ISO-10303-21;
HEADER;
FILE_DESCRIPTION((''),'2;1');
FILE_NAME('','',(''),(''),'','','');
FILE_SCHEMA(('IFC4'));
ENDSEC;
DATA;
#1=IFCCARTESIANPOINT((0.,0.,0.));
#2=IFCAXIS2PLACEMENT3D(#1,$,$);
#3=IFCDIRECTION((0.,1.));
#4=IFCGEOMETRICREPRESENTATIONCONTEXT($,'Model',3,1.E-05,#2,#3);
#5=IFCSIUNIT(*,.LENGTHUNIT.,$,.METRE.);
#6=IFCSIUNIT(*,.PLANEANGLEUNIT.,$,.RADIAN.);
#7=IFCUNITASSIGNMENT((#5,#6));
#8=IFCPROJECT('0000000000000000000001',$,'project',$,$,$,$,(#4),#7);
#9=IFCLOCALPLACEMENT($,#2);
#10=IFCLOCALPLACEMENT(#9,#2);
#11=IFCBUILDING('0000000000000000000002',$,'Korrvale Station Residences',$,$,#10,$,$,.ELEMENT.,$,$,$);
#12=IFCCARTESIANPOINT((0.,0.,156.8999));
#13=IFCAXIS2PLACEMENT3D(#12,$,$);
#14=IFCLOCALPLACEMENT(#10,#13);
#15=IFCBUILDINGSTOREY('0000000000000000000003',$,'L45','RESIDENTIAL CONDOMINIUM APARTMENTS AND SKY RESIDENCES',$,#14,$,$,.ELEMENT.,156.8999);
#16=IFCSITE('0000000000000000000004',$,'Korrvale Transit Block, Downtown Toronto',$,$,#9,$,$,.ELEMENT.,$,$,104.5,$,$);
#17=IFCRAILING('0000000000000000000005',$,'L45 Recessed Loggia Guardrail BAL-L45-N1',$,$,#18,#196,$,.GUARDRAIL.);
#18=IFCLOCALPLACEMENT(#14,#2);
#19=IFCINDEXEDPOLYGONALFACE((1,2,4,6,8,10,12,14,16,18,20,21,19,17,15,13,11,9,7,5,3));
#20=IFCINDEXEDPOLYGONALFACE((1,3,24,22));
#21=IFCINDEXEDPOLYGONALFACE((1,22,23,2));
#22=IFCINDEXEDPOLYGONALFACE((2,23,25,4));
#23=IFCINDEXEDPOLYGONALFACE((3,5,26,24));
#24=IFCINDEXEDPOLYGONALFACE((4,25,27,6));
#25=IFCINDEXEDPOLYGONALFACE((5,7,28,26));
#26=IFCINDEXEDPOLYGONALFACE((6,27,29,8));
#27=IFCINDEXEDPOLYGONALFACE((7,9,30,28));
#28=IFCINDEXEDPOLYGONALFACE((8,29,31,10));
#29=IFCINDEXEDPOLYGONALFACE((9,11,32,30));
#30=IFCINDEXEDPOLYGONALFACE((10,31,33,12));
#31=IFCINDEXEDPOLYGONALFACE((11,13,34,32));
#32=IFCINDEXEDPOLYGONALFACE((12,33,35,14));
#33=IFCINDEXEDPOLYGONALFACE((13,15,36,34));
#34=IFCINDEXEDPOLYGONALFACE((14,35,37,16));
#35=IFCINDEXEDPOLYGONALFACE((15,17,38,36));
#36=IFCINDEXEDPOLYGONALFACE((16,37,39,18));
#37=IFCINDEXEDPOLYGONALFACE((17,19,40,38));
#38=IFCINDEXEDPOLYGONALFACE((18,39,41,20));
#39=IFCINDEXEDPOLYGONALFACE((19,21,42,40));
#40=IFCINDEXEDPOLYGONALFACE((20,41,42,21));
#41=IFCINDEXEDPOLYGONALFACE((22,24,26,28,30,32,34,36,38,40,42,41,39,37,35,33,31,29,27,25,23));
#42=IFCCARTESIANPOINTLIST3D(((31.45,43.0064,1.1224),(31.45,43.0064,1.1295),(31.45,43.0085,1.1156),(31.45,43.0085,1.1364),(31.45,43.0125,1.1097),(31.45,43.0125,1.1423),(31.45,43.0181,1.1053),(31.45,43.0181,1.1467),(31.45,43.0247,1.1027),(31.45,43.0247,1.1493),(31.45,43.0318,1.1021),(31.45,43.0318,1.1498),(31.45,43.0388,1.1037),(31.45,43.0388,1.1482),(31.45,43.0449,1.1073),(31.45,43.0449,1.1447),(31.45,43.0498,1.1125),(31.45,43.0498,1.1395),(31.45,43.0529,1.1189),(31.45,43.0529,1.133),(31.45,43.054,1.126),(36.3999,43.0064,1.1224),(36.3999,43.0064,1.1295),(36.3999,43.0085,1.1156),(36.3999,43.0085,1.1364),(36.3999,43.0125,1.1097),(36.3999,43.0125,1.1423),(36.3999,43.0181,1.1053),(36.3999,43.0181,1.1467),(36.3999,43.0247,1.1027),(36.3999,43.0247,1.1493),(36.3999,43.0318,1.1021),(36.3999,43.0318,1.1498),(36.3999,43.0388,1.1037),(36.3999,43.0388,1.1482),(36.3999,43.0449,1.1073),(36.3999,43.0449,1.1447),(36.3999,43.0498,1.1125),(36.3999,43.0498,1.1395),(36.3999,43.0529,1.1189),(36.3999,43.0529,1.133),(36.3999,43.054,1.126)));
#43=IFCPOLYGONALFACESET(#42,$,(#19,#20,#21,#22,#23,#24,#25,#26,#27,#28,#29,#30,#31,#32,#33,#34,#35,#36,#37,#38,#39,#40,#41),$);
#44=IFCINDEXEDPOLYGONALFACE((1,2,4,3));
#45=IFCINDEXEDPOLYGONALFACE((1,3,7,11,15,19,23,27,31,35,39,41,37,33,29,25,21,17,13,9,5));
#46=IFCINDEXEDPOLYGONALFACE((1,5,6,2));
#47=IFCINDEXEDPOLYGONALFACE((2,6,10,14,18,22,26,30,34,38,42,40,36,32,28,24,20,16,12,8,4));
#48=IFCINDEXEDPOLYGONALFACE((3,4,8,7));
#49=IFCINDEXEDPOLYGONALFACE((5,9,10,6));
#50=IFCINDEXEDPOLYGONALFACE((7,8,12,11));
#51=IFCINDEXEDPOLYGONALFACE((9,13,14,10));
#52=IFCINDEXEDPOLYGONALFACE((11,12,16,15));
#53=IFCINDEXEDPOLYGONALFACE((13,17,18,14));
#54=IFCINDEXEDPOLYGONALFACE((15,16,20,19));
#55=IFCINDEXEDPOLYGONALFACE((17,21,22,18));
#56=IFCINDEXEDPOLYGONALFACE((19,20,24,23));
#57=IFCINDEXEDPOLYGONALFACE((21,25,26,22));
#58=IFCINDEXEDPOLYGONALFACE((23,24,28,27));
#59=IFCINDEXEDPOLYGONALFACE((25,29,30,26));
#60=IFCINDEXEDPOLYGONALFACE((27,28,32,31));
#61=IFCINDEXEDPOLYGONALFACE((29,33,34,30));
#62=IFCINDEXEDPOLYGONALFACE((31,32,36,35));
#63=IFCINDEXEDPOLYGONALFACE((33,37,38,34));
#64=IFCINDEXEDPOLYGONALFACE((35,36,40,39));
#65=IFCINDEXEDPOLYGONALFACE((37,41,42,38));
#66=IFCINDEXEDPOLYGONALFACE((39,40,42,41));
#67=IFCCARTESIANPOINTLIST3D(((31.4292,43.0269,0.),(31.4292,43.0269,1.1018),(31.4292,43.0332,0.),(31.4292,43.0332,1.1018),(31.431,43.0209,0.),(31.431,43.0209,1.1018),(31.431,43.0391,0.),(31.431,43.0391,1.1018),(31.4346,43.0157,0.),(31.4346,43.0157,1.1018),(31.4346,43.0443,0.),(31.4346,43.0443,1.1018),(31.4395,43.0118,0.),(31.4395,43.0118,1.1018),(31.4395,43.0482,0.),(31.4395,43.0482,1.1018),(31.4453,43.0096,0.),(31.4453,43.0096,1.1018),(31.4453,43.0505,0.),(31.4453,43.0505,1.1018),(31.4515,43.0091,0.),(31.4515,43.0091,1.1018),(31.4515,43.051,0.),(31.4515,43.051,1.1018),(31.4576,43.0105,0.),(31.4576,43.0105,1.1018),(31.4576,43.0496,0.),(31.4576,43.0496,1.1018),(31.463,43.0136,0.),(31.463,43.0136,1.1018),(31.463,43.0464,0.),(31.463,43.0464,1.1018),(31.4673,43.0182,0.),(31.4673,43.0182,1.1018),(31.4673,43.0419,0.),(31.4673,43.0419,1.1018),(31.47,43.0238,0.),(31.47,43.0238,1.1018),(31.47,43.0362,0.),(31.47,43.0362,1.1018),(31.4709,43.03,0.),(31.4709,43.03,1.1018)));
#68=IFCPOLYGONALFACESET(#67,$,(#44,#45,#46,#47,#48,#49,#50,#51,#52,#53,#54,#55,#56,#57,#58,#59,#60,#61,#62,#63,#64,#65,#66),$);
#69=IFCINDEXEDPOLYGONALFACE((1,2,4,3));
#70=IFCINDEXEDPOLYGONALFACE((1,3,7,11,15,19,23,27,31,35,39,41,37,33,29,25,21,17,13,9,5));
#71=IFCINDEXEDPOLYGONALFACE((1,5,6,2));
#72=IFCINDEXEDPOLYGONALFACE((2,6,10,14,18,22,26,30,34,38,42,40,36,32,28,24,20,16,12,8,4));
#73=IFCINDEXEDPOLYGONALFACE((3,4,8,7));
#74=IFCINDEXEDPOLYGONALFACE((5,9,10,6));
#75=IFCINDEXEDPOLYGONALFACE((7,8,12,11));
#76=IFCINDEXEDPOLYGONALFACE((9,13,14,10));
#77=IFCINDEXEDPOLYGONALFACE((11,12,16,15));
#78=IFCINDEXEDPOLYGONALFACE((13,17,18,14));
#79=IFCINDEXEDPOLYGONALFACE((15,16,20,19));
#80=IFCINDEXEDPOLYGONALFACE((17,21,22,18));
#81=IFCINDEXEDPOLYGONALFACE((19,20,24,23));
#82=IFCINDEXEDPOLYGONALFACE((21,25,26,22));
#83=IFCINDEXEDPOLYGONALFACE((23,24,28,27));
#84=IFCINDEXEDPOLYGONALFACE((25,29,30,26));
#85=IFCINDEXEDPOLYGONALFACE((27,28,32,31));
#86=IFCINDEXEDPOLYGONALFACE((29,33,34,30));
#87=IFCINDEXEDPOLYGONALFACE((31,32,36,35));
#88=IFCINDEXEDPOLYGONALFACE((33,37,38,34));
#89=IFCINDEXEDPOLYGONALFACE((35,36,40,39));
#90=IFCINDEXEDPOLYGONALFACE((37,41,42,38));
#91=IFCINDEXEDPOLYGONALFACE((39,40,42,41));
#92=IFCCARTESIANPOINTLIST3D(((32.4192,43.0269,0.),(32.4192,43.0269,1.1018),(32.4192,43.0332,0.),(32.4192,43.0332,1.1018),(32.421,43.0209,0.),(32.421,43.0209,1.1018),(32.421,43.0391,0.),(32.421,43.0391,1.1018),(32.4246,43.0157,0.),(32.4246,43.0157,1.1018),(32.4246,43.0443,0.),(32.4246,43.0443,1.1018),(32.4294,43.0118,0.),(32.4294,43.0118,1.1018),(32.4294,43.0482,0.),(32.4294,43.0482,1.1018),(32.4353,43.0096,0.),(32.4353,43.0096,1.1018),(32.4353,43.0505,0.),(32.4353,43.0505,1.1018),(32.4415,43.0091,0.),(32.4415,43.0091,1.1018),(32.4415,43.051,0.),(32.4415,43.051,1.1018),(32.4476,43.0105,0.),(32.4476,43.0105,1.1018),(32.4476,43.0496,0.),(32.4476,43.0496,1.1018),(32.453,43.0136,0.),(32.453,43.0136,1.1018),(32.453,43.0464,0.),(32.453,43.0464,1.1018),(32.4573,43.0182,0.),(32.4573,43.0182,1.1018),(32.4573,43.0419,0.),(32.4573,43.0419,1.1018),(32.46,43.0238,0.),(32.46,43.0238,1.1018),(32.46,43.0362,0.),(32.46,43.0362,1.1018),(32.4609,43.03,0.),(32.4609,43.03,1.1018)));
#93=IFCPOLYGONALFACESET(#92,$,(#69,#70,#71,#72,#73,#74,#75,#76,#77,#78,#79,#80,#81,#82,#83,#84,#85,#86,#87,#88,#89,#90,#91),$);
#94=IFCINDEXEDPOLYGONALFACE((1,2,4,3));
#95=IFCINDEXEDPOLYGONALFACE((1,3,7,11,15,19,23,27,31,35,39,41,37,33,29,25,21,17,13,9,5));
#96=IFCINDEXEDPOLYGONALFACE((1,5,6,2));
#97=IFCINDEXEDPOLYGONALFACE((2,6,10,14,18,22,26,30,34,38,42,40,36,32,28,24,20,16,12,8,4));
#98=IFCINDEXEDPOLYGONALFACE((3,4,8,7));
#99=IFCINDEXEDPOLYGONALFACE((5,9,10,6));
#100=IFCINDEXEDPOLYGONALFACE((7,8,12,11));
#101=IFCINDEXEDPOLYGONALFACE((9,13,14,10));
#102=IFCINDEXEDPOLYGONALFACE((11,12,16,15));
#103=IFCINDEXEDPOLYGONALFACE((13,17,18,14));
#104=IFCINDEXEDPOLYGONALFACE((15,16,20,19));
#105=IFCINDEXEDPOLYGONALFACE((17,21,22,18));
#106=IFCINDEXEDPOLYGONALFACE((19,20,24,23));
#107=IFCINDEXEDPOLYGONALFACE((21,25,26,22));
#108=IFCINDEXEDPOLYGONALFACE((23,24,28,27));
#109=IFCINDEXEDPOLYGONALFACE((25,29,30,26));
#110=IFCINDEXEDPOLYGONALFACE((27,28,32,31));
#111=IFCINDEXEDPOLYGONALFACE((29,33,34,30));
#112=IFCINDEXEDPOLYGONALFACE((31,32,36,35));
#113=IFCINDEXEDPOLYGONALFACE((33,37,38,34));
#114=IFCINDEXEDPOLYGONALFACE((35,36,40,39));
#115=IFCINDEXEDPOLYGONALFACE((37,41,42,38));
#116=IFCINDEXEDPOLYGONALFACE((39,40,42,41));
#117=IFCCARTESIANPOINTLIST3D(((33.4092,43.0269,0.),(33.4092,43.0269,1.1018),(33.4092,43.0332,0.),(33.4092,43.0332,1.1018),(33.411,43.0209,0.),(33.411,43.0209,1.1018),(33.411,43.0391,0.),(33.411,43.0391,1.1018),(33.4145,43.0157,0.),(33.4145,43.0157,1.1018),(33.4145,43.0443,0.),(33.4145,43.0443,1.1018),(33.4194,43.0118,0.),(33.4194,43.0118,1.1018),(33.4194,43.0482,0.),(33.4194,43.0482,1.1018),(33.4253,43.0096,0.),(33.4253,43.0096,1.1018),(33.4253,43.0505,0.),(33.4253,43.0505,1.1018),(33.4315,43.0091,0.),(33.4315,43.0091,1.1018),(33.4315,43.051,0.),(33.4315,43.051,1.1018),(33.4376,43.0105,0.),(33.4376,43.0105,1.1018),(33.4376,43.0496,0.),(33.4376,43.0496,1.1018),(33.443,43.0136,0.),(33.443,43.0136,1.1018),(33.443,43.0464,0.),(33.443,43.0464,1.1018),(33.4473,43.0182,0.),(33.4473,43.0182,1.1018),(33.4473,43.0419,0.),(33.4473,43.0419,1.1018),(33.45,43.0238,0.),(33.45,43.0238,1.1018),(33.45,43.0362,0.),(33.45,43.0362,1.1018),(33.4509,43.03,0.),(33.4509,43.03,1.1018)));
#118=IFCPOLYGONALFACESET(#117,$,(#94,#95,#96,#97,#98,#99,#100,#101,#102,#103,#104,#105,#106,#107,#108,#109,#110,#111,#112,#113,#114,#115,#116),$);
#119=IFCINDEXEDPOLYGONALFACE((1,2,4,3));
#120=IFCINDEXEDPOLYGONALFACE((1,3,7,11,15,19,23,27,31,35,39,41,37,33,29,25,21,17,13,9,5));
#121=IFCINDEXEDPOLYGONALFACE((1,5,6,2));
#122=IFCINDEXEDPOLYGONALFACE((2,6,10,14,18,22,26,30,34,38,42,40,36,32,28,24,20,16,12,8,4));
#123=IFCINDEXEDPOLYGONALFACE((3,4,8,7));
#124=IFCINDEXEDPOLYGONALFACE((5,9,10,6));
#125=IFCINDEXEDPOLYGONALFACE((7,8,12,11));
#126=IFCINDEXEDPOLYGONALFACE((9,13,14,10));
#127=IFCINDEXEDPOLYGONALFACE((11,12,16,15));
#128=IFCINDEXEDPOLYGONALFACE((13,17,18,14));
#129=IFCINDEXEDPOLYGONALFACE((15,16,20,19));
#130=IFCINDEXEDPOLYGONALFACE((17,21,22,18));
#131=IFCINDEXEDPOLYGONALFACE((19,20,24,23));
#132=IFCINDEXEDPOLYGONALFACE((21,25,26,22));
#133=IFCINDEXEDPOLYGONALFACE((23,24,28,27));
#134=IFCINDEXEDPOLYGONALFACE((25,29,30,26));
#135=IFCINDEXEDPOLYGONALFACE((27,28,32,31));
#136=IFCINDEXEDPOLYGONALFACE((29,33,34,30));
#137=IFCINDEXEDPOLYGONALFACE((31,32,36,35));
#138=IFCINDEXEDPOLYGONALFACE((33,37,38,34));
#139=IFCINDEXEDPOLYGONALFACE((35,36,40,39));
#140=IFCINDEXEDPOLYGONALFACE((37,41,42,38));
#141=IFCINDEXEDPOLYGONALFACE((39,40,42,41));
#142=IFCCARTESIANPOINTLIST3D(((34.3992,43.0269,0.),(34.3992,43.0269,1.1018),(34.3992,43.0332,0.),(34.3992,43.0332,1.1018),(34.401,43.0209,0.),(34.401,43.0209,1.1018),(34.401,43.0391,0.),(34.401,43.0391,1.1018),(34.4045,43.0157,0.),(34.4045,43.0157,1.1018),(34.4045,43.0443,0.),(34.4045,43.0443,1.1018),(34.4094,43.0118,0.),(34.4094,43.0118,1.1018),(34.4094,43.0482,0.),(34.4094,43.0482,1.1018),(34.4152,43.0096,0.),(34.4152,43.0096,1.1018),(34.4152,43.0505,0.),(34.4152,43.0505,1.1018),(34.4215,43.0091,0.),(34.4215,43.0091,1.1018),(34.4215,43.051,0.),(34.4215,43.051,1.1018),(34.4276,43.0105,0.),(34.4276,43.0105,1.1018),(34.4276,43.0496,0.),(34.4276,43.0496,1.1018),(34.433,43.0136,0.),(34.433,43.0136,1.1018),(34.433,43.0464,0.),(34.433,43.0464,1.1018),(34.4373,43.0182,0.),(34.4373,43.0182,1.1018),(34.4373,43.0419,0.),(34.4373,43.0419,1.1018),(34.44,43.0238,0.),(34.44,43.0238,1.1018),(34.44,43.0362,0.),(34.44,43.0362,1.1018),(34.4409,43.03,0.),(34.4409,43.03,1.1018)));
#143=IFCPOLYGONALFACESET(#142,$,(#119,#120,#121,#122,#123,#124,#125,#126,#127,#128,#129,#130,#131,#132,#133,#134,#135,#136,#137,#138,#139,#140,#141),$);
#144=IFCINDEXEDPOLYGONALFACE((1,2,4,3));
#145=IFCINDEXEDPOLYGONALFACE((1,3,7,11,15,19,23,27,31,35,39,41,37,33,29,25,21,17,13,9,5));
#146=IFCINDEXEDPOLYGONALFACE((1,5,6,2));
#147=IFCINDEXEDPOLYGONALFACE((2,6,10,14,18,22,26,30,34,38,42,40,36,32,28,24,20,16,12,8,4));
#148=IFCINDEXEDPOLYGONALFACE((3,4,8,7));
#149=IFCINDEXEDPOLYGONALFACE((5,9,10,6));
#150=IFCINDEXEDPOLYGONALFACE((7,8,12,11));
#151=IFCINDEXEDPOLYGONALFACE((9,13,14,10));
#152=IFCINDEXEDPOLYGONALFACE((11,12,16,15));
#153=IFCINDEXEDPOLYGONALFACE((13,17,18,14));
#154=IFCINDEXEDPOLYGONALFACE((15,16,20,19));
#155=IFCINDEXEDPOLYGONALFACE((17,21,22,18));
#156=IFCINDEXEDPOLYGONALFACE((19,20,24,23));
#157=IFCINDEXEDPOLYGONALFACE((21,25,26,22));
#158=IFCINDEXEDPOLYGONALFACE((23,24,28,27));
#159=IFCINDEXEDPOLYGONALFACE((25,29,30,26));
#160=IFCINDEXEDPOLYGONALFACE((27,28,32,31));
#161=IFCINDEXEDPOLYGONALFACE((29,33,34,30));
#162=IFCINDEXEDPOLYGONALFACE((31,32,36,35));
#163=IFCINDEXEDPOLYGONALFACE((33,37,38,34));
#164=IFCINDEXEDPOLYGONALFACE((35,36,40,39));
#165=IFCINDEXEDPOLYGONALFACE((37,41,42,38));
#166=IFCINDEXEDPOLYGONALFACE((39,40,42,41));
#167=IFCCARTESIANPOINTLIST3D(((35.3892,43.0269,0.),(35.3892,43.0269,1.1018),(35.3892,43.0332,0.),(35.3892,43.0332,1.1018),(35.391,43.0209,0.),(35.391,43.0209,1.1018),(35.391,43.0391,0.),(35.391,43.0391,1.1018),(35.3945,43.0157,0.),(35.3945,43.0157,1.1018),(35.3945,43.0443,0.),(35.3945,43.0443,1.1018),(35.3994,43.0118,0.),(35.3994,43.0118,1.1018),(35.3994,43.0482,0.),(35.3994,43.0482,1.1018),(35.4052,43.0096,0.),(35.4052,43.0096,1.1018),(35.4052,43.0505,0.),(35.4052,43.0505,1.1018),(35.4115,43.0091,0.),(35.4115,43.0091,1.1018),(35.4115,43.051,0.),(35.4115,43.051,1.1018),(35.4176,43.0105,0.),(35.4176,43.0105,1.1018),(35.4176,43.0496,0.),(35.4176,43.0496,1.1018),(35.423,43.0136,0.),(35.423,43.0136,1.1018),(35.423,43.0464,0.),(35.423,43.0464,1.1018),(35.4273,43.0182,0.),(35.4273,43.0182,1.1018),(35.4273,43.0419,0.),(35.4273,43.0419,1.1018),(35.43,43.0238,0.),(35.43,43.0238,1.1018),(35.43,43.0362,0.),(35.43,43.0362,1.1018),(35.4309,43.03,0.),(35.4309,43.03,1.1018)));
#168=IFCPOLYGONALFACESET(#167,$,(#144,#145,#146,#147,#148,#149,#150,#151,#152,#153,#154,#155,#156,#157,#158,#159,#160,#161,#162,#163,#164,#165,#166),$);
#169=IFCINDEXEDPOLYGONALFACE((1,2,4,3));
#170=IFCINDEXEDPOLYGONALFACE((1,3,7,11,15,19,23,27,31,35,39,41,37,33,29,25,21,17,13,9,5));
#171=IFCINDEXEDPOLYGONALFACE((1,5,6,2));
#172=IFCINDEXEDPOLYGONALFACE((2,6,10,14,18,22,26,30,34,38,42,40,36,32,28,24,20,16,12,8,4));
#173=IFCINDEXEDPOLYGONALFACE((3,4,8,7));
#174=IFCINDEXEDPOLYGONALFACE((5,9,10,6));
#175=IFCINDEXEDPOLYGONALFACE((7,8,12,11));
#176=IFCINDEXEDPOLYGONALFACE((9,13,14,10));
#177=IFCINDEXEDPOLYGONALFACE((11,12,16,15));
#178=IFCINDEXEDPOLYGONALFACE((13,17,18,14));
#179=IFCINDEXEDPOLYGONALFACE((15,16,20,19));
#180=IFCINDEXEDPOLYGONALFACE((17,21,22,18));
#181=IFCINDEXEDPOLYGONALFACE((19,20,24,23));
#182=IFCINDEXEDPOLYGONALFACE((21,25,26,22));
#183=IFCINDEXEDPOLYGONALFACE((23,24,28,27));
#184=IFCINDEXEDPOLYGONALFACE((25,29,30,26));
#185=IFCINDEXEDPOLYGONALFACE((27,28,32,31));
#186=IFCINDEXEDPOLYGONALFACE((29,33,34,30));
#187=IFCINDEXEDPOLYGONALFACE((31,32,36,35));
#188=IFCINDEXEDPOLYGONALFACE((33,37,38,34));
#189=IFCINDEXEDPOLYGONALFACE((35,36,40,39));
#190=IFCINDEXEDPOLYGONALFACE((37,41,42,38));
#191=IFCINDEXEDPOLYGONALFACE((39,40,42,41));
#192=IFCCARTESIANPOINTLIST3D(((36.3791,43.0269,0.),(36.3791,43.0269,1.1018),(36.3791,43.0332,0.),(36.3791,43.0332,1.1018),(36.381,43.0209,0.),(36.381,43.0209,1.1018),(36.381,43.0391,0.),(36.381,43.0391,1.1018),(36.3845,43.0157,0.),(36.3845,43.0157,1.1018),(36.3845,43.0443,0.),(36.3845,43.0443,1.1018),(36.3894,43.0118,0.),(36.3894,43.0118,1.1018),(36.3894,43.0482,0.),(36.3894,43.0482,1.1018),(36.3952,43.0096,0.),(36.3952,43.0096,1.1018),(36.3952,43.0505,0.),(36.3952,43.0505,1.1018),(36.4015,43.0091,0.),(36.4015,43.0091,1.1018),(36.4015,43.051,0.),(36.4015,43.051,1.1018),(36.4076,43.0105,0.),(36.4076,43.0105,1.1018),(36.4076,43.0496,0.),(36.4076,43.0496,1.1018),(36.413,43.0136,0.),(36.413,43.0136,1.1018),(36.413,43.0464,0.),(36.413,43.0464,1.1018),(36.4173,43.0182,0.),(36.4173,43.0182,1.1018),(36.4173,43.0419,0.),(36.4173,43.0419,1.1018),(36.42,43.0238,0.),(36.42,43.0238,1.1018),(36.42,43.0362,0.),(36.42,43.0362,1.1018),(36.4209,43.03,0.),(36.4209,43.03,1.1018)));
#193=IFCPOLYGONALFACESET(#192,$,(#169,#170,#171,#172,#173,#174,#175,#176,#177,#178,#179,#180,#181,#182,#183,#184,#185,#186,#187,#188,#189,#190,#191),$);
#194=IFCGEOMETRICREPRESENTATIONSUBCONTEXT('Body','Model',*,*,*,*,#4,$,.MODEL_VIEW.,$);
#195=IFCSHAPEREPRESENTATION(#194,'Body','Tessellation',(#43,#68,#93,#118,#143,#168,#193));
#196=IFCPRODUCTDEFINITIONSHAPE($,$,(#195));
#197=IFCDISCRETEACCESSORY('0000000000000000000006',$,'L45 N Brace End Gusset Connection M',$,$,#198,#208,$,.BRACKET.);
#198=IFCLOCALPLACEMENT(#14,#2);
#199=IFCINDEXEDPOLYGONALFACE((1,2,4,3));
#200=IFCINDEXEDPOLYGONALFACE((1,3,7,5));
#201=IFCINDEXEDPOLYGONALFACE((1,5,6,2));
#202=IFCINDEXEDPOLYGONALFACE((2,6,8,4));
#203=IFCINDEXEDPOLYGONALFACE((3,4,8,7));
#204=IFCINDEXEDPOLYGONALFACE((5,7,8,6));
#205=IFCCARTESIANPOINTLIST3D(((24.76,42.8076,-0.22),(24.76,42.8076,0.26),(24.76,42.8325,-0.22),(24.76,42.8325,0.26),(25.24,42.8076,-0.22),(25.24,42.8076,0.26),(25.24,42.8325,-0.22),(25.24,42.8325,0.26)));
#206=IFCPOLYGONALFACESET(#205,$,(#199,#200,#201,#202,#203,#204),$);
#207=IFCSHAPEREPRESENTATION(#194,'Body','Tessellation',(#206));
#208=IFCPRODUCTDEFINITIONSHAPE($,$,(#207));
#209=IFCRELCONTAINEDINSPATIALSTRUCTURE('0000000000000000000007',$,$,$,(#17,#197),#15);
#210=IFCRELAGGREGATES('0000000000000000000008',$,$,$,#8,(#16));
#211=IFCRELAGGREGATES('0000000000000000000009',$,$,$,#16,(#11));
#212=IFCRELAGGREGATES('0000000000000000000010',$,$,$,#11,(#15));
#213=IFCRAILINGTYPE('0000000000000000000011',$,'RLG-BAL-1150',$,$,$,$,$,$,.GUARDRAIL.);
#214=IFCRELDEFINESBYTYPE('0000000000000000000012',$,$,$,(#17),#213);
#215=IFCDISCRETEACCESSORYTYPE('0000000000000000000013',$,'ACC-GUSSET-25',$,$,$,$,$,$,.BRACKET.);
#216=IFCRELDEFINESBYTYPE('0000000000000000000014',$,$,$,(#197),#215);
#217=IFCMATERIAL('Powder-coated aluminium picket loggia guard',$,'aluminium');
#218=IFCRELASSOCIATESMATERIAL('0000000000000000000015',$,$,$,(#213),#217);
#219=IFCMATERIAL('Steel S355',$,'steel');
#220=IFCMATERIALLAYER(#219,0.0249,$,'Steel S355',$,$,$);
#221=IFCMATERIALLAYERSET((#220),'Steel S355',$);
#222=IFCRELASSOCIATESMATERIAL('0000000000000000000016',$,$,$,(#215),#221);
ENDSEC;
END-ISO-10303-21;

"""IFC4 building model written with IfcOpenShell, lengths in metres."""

from ifc_helpers import new_model, si_unit, direction, frame, origin, origin_2d, place, context, subcontext, project, spatial, rectangle, circle, extrude, material, layer, layer_set, type_object, element, save


model = new_model("IFC4")

# Units and contexts
model_context = context("Model", 3, precision=1e-05, world=origin(), true_north=direction((0.0, 1.0)))
body_context = subcontext(model_context, "Body", "Model", "MODEL_VIEW")
ifc_project = project(units=[si_unit("LENGTHUNIT", "METRE"), si_unit("PLANEANGLEUNIT", "RADIAN")], contexts=[model_context])

# Site, building, storey
site_placement = place(None, origin())
site = spatial("IfcSite", under=ifc_project, at=site_placement, Name="Korrvale Transit Block, Downtown Toronto", CompositionType="ELEMENT", RefElevation=104.5)
building_placement = place(site_placement, origin())
building = spatial("IfcBuilding", under=site, at=building_placement, Name="Korrvale Station Residences", CompositionType="ELEMENT")
storey_placement = place(building_placement, frame((0.0, 0.0, 156.8999)))
storey = spatial("IfcBuildingStorey", under=building, at=storey_placement, Name="L45", Description="RESIDENTIAL CONDOMINIUM APARTMENTS AND SKY RESIDENCES", CompositionType="ELEMENT", Elevation=156.8999)

# Shared definitions
ifc_material_1 = material(Name="Steel S355", Category="steel")

# Railing
ifc_material_2 = material(Name="Powder-coated aluminium picket loggia guard", Category="aluminium")
railing_type = type_object("IfcRailingType", Name="RLG-BAL-1150", PredefinedType="GUARDRAIL", material=ifc_material_2)
railing_placement = place(storey_placement, frame((31.45, 43.03, 0.0)))
element("IfcRailing", 1, at=railing_placement, inside=storey, type_object=railing_type, Name="L45 Recessed Loggia Guardrail BAL-L45-N1", PredefinedType="GUARDRAIL", context=body_context, shape_type="SweptSolid", body=[
    extrude(circle(Radius=0.0239, at=origin_2d()), frame((0.0, 0.0, 1.126), z_axis=(1.0, 0.0, 0.0), x_axis=(0.0, 1.0, 0.0)), (0.0, 0.0, 1.0), 4.95),
    extrude(circle(Radius=0.021, at=origin_2d()), origin(), (0.0, 0.0, 1.0), 1.1018),
    extrude(circle(Radius=0.021, at=origin_2d()), frame((0.99, 0.0, 0.0)), (0.0, 0.0, 1.0), 1.1018),
    extrude(circle(Radius=0.021, at=origin_2d()), frame((1.98, 0.0, 0.0)), (0.0, 0.0, 1.0), 1.1018),
    extrude(circle(Radius=0.021, at=origin_2d()), frame((2.97, 0.0, 0.0)), (0.0, 0.0, 1.0), 1.1018),
    extrude(circle(Radius=0.021, at=origin_2d()), frame((3.96, 0.0, 0.0)), (0.0, 0.0, 1.0), 1.1018),
    extrude(circle(Radius=0.021, at=origin_2d()), frame((4.95, 0.0, 0.0)), (0.0, 0.0, 1.0), 1.1018),
])

# Discrete accessory
ifc_layer_1 = layer(ifc_material_1, 0.0249, Name="Steel S355")
ifc_layer_set_1 = layer_set([ifc_layer_1], Name="Steel S355")
discrete_accessory_type = type_object("IfcDiscreteAccessoryType", Name="ACC-GUSSET-25", PredefinedType="BRACKET", material=ifc_layer_set_1)
for number, where, z_axis, x_axis, name in (
    (2, (25.0, 42.8201, -0.22), (0.0, 0.0, 1.0), (1.0, 0.0, 0.0), "L45 N Brace End Gusset Connection M"),
):
    element("IfcDiscreteAccessory", number, at=place(storey_placement, frame(where, z_axis=z_axis, x_axis=x_axis)), inside=storey, type_object=discrete_accessory_type, Name=name, PredefinedType="BRACKET", context=body_context, shape_type="SweptSolid", body=[
        extrude(rectangle(XDim=0.48, YDim=0.0249, at=origin_2d()), origin(), (0.0, 0.0, 1.0), 0.48),
    ])

save(model, "model.ifc")
